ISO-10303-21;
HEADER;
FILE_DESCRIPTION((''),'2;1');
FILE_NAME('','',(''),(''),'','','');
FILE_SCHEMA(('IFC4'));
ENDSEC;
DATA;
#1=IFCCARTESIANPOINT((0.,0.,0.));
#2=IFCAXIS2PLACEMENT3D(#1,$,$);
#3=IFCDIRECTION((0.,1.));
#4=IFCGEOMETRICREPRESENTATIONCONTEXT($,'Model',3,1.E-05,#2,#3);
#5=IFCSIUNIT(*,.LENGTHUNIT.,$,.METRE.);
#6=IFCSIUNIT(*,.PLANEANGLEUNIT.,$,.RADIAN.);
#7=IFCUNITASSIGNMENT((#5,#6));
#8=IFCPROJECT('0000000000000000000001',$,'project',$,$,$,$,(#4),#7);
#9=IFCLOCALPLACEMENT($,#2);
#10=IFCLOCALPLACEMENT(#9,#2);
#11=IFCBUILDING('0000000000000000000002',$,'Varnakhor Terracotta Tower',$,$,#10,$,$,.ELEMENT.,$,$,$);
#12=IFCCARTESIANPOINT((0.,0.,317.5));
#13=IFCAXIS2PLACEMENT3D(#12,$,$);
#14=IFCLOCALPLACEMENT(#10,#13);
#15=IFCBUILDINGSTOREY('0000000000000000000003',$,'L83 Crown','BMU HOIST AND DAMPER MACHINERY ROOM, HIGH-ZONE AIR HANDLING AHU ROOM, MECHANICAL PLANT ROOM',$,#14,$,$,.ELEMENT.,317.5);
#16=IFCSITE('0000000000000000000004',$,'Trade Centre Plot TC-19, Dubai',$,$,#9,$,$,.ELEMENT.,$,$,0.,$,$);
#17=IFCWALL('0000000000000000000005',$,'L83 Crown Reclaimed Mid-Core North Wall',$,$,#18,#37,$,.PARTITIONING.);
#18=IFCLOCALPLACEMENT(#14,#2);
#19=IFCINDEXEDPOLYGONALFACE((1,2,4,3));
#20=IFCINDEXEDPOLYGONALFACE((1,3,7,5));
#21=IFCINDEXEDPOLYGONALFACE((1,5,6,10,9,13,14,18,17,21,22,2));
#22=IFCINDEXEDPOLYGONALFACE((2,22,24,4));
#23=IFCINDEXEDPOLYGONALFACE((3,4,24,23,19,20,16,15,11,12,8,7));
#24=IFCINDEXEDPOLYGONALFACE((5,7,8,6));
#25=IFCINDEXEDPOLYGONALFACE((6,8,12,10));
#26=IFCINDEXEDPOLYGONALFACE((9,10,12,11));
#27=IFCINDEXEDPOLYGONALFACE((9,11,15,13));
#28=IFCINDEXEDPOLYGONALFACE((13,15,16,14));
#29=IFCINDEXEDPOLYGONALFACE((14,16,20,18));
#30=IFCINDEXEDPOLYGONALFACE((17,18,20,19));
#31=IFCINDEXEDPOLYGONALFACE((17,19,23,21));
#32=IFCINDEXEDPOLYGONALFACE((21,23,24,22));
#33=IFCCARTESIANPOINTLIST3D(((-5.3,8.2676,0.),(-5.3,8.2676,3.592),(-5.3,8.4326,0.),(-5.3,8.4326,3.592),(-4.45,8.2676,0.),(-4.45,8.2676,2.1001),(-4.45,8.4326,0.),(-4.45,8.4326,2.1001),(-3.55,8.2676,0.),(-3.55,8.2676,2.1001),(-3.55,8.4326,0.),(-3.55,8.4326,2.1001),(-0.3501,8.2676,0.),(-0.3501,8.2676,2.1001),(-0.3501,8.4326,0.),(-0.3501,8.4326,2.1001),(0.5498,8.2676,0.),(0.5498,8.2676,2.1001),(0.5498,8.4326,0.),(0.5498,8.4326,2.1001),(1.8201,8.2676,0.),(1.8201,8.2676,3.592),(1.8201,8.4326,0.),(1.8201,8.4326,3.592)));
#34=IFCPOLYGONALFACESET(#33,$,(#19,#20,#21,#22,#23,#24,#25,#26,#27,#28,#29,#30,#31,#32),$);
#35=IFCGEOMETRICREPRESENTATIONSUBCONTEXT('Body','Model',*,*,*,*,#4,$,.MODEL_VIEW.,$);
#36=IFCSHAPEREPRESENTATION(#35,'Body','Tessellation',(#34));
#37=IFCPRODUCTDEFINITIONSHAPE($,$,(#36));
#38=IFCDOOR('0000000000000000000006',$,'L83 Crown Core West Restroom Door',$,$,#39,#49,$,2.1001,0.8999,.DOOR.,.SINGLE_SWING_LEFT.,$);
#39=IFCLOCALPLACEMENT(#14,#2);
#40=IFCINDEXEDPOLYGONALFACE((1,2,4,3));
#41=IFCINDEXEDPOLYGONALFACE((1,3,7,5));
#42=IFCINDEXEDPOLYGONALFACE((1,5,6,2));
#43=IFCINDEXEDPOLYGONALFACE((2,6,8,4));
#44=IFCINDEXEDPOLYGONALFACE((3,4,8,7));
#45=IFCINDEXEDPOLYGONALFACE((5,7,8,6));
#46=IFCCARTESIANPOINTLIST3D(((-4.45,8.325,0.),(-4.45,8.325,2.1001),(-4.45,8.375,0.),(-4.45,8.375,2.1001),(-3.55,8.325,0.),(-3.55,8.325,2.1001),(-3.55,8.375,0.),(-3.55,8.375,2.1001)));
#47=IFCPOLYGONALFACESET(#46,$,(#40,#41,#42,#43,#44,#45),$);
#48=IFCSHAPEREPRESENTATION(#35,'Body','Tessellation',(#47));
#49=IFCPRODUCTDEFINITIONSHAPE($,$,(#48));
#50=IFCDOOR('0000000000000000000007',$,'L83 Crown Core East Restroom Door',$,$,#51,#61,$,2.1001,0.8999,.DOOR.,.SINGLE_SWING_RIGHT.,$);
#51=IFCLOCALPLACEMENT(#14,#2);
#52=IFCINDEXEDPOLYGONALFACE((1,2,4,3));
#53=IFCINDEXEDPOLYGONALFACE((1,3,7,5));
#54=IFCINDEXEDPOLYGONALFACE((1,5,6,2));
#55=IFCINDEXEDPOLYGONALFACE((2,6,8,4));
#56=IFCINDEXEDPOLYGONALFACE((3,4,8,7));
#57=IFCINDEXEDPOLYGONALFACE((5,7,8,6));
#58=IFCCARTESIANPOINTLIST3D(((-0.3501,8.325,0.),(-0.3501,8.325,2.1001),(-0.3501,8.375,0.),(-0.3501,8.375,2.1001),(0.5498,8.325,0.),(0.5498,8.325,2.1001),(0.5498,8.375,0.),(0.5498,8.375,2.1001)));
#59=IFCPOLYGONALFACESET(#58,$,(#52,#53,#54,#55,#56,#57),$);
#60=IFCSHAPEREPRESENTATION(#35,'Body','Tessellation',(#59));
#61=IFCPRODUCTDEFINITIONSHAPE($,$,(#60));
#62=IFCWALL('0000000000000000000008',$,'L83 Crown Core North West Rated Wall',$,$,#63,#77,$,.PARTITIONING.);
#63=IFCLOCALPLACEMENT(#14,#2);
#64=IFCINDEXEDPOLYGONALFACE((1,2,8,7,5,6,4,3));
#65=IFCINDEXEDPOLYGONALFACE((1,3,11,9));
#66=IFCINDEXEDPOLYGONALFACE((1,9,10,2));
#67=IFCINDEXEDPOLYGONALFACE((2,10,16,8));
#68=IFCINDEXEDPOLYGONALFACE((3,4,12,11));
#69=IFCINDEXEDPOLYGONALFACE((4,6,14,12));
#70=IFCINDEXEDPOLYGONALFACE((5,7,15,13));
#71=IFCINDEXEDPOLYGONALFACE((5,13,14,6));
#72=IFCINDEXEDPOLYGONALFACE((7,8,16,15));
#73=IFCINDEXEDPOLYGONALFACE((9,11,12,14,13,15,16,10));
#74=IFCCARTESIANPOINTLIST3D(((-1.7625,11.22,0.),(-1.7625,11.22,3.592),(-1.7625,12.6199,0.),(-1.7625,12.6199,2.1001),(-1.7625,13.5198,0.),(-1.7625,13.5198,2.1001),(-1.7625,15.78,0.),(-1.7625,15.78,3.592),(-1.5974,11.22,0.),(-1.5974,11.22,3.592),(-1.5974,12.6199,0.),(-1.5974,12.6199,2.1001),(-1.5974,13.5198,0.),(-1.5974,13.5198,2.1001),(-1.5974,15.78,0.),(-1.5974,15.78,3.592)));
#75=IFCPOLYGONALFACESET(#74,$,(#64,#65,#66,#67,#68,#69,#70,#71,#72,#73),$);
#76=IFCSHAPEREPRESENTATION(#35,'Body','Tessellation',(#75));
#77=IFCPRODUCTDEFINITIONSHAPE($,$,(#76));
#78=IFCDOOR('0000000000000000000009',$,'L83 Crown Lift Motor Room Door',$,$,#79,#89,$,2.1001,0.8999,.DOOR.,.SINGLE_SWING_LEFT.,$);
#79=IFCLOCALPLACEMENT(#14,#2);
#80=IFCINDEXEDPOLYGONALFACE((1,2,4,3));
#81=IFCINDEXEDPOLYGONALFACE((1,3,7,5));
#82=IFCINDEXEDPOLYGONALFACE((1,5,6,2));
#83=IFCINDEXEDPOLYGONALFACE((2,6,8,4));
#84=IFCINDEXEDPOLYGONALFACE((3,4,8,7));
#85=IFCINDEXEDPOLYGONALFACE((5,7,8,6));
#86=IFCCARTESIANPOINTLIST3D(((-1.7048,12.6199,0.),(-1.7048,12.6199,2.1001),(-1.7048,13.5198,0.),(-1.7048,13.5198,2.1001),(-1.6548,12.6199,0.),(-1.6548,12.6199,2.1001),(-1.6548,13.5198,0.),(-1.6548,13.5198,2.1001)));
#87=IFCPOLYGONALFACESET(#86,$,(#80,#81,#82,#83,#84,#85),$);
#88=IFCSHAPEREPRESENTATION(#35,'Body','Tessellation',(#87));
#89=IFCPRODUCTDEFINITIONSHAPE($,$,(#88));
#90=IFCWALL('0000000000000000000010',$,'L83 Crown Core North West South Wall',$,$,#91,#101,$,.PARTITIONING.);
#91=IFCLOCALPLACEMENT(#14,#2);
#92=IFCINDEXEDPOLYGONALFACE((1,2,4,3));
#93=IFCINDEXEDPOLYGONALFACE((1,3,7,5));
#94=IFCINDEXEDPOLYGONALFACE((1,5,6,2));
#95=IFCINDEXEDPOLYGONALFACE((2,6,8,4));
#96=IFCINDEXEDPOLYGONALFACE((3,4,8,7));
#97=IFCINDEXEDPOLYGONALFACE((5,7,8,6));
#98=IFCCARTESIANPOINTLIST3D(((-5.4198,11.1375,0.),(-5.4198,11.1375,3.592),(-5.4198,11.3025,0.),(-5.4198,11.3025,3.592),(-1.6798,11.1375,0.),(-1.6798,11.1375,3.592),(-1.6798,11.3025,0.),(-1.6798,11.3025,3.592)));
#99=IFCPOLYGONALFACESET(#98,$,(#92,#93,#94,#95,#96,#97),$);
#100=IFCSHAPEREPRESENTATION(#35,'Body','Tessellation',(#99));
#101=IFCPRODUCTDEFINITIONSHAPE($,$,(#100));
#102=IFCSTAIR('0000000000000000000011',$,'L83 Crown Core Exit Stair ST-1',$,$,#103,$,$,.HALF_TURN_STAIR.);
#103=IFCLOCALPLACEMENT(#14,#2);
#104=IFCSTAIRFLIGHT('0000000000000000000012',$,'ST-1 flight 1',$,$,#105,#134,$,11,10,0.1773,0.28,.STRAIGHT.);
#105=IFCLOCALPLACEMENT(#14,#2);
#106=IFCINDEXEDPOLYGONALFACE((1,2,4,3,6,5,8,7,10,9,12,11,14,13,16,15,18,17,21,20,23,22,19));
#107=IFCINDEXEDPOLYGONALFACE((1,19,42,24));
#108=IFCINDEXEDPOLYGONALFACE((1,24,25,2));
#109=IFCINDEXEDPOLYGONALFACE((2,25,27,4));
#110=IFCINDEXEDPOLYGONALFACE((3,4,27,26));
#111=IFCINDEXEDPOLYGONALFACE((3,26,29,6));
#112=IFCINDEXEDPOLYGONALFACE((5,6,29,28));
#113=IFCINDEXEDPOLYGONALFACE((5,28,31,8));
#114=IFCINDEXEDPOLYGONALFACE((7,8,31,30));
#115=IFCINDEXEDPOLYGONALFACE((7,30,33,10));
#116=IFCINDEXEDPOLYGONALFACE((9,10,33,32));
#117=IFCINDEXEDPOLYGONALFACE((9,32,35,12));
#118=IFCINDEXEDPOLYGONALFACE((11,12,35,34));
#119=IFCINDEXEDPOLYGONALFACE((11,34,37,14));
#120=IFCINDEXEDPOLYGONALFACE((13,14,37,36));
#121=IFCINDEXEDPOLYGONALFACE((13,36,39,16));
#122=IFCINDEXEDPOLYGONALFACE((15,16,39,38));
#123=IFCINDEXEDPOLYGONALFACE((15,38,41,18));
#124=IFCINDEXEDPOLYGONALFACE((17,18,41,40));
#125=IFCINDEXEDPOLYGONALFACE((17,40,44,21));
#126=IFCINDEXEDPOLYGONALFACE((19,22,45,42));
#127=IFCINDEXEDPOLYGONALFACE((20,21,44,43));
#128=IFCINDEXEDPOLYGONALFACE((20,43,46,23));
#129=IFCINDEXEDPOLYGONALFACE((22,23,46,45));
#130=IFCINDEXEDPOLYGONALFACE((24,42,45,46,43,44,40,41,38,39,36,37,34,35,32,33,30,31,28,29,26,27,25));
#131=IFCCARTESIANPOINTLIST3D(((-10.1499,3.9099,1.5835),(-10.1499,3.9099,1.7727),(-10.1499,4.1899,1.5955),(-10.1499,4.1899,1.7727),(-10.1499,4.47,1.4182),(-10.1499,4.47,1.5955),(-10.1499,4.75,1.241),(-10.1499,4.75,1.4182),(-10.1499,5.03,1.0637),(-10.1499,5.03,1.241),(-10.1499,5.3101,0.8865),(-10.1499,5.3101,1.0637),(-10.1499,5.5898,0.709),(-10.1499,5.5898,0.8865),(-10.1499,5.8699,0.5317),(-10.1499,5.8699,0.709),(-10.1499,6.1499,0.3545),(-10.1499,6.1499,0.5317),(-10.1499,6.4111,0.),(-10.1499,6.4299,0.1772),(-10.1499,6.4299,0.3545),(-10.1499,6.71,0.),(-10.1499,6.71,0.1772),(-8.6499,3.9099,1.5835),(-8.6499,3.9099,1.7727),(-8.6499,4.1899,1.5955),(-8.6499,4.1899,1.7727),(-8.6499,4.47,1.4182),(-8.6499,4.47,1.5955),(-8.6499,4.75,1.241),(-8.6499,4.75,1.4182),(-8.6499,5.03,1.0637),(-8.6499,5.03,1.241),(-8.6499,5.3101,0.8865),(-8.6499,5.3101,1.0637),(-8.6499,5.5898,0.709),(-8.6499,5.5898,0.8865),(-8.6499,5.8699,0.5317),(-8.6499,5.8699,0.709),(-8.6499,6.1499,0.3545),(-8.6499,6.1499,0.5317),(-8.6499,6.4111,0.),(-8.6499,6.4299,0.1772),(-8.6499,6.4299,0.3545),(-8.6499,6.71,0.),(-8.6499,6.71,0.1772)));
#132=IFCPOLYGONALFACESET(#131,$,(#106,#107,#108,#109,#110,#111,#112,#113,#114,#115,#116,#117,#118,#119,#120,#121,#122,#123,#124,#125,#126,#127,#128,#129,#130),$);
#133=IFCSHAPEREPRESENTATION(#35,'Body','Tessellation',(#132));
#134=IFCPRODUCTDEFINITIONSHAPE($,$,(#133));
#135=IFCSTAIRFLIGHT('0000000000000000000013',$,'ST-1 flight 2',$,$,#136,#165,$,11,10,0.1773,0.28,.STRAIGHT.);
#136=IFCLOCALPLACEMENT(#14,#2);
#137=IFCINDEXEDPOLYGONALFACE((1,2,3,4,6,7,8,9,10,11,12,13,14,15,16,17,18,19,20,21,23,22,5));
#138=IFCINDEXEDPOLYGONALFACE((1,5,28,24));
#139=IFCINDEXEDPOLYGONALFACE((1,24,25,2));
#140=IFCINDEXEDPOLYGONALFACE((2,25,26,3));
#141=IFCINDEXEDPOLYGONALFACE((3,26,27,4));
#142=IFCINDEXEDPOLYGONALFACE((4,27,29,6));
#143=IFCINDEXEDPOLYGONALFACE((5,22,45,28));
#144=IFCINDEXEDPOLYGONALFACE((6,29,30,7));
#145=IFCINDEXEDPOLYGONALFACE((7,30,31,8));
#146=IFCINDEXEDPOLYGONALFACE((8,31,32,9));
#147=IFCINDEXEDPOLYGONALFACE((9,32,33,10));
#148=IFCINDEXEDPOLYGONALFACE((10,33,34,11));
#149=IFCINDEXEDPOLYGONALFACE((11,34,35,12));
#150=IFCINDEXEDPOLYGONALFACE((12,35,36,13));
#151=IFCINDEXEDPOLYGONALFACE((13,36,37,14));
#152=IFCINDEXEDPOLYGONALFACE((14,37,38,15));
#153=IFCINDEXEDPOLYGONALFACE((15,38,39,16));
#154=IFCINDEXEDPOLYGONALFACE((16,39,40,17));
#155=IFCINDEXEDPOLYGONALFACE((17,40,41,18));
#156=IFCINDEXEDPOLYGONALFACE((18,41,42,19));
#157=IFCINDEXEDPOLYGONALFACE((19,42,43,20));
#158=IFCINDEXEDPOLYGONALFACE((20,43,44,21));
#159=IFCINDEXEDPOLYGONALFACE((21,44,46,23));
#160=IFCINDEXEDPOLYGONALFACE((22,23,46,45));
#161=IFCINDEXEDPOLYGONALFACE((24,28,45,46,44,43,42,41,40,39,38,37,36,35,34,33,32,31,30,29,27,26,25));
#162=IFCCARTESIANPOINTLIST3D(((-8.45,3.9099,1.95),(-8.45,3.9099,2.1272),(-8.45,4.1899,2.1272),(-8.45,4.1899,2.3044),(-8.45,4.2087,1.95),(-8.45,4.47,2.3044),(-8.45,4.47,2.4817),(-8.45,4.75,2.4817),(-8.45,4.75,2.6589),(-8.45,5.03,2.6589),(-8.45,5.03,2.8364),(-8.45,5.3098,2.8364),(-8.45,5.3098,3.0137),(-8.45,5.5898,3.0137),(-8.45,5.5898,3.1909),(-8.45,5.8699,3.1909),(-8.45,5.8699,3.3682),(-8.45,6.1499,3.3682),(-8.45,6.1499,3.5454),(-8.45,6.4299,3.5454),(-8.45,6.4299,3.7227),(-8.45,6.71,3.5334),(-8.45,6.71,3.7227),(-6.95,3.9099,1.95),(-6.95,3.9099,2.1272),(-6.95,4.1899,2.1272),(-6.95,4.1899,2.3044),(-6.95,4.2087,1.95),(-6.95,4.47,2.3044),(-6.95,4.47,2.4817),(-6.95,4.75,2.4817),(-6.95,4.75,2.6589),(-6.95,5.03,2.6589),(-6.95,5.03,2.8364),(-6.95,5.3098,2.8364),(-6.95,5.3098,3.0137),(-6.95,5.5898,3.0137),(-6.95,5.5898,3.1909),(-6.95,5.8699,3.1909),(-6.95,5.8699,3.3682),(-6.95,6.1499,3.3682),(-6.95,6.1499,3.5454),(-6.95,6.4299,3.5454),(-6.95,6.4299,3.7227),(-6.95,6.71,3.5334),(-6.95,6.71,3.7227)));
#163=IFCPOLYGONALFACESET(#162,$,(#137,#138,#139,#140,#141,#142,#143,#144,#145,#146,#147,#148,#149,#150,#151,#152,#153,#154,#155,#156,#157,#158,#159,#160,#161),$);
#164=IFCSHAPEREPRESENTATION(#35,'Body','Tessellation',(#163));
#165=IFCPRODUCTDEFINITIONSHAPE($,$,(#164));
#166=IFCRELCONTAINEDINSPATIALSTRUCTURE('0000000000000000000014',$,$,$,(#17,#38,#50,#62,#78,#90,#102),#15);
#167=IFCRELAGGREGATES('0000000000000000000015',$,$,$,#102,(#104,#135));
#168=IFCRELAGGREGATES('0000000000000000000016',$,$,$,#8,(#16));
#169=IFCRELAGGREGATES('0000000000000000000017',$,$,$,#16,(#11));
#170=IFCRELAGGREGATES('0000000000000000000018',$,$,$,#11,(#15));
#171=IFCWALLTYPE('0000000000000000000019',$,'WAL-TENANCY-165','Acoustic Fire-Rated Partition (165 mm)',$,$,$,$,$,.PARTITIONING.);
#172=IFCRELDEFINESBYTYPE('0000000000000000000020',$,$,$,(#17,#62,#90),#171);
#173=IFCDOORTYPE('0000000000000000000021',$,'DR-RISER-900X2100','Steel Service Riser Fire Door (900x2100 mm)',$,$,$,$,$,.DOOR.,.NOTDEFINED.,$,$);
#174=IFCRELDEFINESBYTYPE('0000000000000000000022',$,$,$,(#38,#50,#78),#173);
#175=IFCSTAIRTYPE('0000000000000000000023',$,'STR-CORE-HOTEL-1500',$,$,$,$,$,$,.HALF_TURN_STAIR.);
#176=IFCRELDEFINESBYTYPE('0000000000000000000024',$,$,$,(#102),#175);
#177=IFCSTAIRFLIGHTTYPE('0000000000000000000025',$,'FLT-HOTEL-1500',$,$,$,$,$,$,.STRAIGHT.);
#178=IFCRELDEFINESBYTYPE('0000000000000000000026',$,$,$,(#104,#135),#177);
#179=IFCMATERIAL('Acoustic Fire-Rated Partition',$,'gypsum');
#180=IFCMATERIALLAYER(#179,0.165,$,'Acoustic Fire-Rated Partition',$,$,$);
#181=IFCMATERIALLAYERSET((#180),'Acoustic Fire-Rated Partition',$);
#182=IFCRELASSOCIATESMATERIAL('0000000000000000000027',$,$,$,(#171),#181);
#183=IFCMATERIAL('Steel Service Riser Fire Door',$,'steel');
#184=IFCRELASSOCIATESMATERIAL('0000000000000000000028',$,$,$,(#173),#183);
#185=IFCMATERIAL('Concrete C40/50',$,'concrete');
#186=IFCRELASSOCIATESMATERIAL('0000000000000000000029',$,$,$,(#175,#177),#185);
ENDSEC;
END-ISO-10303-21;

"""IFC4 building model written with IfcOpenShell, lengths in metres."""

from ifc_helpers import new_model, si_unit, direction, frame, frame_2d, origin, place, context, subcontext, project, spatial, polyline, rectangle, outline, extrude, source, transform, mapped, material, layer, layer_set, type_object, type_shapes, element, fill, aggregate, save


model = new_model("IFC4")

# Units and contexts
model_context = context("Model", 3, precision=1e-05, world=origin(), true_north=direction((0.0, 1.0)))
body_context = subcontext(model_context, "Body", "Model", "MODEL_VIEW")
ifc_project = project(units=[si_unit("LENGTHUNIT", "METRE"), si_unit("PLANEANGLEUNIT", "RADIAN")], contexts=[model_context])

# Site, building, storey
site_placement = place(None, origin())
site = spatial("IfcSite", under=ifc_project, at=site_placement, Name="Trade Centre Plot TC-19, Dubai", CompositionType="ELEMENT", RefElevation=0.0)
building_placement = place(site_placement, origin())
building = spatial("IfcBuilding", under=site, at=building_placement, Name="Varnakhor Terracotta Tower", CompositionType="ELEMENT")
storey_placement = place(building_placement, frame((0.0, 0.0, 317.5)))
storey = spatial("IfcBuildingStorey", under=building, at=storey_placement, Name="L83 Crown", Description="BMU HOIST AND DAMPER MACHINERY ROOM, HIGH-ZONE AIR HANDLING AHU ROOM, MECHANICAL PLANT ROOM", CompositionType="ELEMENT", Elevation=317.5)

# Shared definitions
ifc_material_1 = material(Name="Concrete C40/50", Category="concrete")

# Shared definitions
ifc_material_2 = material(Name="Acoustic Fire-Rated Partition", Category="gypsum")
ifc_layer_1 = layer(ifc_material_2, 0.165, Name="Acoustic Fire-Rated Partition")
ifc_layer_set_1 = layer_set([ifc_layer_1], Name="Acoustic Fire-Rated Partition")
wall_type_1 = type_object("IfcWallType", Name="WAL-TENANCY-165", Description="Acoustic Fire-Rated Partition (165 mm)", PredefinedType="PARTITIONING", material=ifc_layer_set_1)
ifc_material_3 = material(Name="Steel Service Riser Fire Door", Category="steel")
door_type_1 = type_object("IfcDoorType", Name="DR-RISER-900X2100", Description="Steel Service Riser Fire Door (900x2100 mm)", OperationType="NOTDEFINED", PredefinedType="DOOR", material=ifc_material_3)
shared_shape_1 = source(origin(), body_context, "Body", "SweptSolid", [
    extrude(rectangle(XDim=0.8999, YDim=2.1001, at=frame_2d((0.45, 1.05))), frame((0.0, 0.0249, 0.0), z_axis=(0.0, -1.0, 0.0), x_axis=(1.0, 0.0, 0.0)), (0.0, 0.0, 1.0), 0.05),
])
type_shapes(door_type_1, [shared_shape_1])

# Wall, openings, doors
wall_1_placement = place(storey_placement, frame((-5.3, 8.3501, 0.0), z_axis=(0.0, 0.0, 1.0), x_axis=(1.0, 0.0, 0.0)))
wall_1 = element("IfcWall", 1, at=wall_1_placement, inside=storey, type_object=wall_type_1, Name="L83 Crown Reclaimed Mid-Core North Wall", PredefinedType="PARTITIONING", context=body_context, shape_type="SweptSolid", body=[
    extrude(rectangle(XDim=7.1201, YDim=0.165, at=frame_2d((3.5601, 0.0))), origin(), (0.0, 0.0, 1.0), 3.592),
])
opening_1_placement = place(wall_1_placement, frame((0.8501, 0.0, 0.0)))
opening_1 = element("IfcOpeningElement", 2, at=opening_1_placement, cuts=wall_1, PredefinedType="OPENING", context=body_context, shape_type="SweptSolid", body=[
    extrude(rectangle(XDim=0.8999, YDim=2.1001, at=frame_2d((0.45, 1.05))), frame((0.0, 0.0925, 0.0), z_axis=(0.0, -1.0, 0.0), x_axis=(1.0, 0.0, 0.0)), (0.0, 0.0, 1.0), 0.1851),
])
opening_2_placement = place(wall_1_placement, frame((4.95, 0.0, 0.0)))
opening_2 = element("IfcOpeningElement", 3, at=opening_2_placement, cuts=wall_1, PredefinedType="OPENING", context=body_context, shape_type="SweptSolid", body=[
    extrude(rectangle(XDim=0.8999, YDim=2.1001, at=frame_2d((0.45, 1.05))), frame((0.0, 0.0925, 0.0), z_axis=(0.0, -1.0, 0.0), x_axis=(1.0, 0.0, 0.0)), (0.0, 0.0, 1.0), 0.1851),
])
door_1_placement = place(opening_1_placement, origin())
door_1 = element("IfcDoor", 4, at=door_1_placement, inside=storey, type_object=door_type_1, Name="L83 Crown Core West Restroom Door", OperationType="SINGLE_SWING_LEFT", OverallHeight=2.1001, OverallWidth=0.8999, PredefinedType="DOOR", context=body_context, shape_type="MappedRepresentation", body=[
    mapped(shared_shape_1, transform((0.0, 0.0, 0.0), scale=1.0)),
])
fill(opening_1, door_1)
door_2_placement = place(opening_2_placement, origin())
door_2 = element("IfcDoor", 5, at=door_2_placement, inside=storey, type_object=door_type_1, Name="L83 Crown Core East Restroom Door", OperationType="SINGLE_SWING_RIGHT", OverallHeight=2.1001, OverallWidth=0.8999, PredefinedType="DOOR", context=body_context, shape_type="MappedRepresentation", body=[
    mapped(shared_shape_1, transform((0.0, 0.0, 0.0), scale=1.0)),
])
fill(opening_2, door_2)

# Wall, opening, door
wall_2_placement = place(storey_placement, frame((-1.6799, 11.22, 0.0), z_axis=(0.0, 0.0, 1.0), x_axis=(0.0, 1.0, 0.0)))
wall_2 = element("IfcWall", 6, at=wall_2_placement, inside=storey, type_object=wall_type_1, Name="L83 Crown Core North West Rated Wall", PredefinedType="PARTITIONING", context=body_context, shape_type="SweptSolid", body=[
    extrude(rectangle(XDim=4.5601, YDim=0.165, at=frame_2d((2.28, 0.0))), origin(), (0.0, 0.0, 1.0), 3.592),
])
opening_3_placement = place(wall_2_placement, frame((1.3999, 0.0, 0.0)))
opening_3 = element("IfcOpeningElement", 7, at=opening_3_placement, cuts=wall_2, PredefinedType="OPENING", context=body_context, shape_type="SweptSolid", body=[
    extrude(rectangle(XDim=0.8999, YDim=2.1001, at=frame_2d((0.45, 1.05))), frame((0.0, 0.0925, 0.0), z_axis=(0.0, -1.0, 0.0), x_axis=(1.0, 0.0, 0.0)), (0.0, 0.0, 1.0), 0.1851),
])
door_3_placement = place(opening_3_placement, origin())
door_3 = element("IfcDoor", 8, at=door_3_placement, inside=storey, type_object=door_type_1, Name="L83 Crown Lift Motor Room Door", OperationType="SINGLE_SWING_LEFT", OverallHeight=2.1001, OverallWidth=0.8999, PredefinedType="DOOR", context=body_context, shape_type="MappedRepresentation", body=[
    mapped(shared_shape_1, transform((0.0, 0.0, 0.0), scale=1.0)),
])
fill(opening_3, door_3)

# Wall
wall_3_placement = place(storey_placement, frame((-5.4199, 11.22, 0.0), z_axis=(0.0, 0.0, 1.0), x_axis=(1.0, 0.0, 0.0)))
element("IfcWall", 9, at=wall_3_placement, inside=storey, type_object=wall_type_1, Name="L83 Crown Core North West South Wall", PredefinedType="PARTITIONING", context=body_context, shape_type="SweptSolid", body=[
    extrude(rectangle(XDim=3.74, YDim=0.165, at=frame_2d((1.8701, 0.0))), origin(), (0.0, 0.0, 1.0), 3.592),
])

# Stair, stair flights
stair_type = type_object("IfcStairType", Name="STR-CORE-HOTEL-1500", PredefinedType="HALF_TURN_STAIR", material=ifc_material_1)
stair_placement = place(storey_placement, origin())
stair = element("IfcStair", 10, at=stair_placement, inside=storey, type_object=stair_type, Name="L83 Crown Core Exit Stair ST-1", PredefinedType="HALF_TURN_STAIR")
stair_flight_type = type_object("IfcStairFlightType", Name="FLT-HOTEL-1500", PredefinedType="STRAIGHT", material=ifc_material_1)
stair_flight_1_placement = place(storey_placement, frame((-9.3999, 6.71, 0.0), z_axis=(0.0, 0.0, 1.0), x_axis=(0.0, -1.0, 0.0)))
stair_flight_1 = element("IfcStairFlight", 11, at=stair_flight_1_placement, type_object=stair_flight_type, Name="ST-1 flight 1", NumberOfRisers=11, NumberOfTreads=10, PredefinedType="STRAIGHT", RiserHeight=0.1773, TreadLength=0.28, context=body_context, shape_type="SweptSolid", body=[
    extrude(outline(polyline([(0.0, 0.0), (0.0, 0.1772), (0.28, 0.1772), (0.28, 0.3545), (0.5601, 0.3545), (0.5601, 0.5317), (0.8401, 0.5317), (0.8401, 0.709), (1.1201, 0.709), (1.1201, 0.8865), (1.3999, 0.8865), (1.3999, 1.0637), (1.6799, 1.0637), (1.6799, 1.241), (1.96, 1.241), (1.96, 1.4182), (2.24, 1.4182), (2.24, 1.5955), (2.52, 1.5955), (2.52, 1.7727), (2.8, 1.7727), (2.8, 1.95), (2.8, 1.5835), (0.2988, 0.0), (0.0, 0.0)])), frame((0.0, 0.75, 0.0), z_axis=(0.0, -1.0, 0.0), x_axis=(1.0, 0.0, 0.0)), (0.0, 0.0, 1.0), 1.5),
])
stair_flight_2_placement = place(storey_placement, frame((-7.7, 3.9099, 1.95), z_axis=(0.0, 0.0, 1.0), x_axis=(0.0, 1.0, 0.0)))
stair_flight_2 = element("IfcStairFlight", 12, at=stair_flight_2_placement, type_object=stair_flight_type, Name="ST-1 flight 2", NumberOfRisers=11, NumberOfTreads=10, PredefinedType="STRAIGHT", RiserHeight=0.1773, TreadLength=0.28, context=body_context, shape_type="SweptSolid", body=[
    extrude(outline(polyline([(0.0, 0.0), (0.0, 0.1772), (0.28, 0.1772), (0.28, 0.3545), (0.5601, 0.3545), (0.5601, 0.5317), (0.8401, 0.5317), (0.8401, 0.709), (1.1201, 0.709), (1.1201, 0.8865), (1.3999, 0.8865), (1.3999, 1.0637), (1.6799, 1.0637), (1.6799, 1.241), (1.96, 1.241), (1.96, 1.4182), (2.24, 1.4182), (2.24, 1.5955), (2.52, 1.5955), (2.52, 1.7727), (2.8, 1.7727), (2.8, 1.95), (2.8, 1.5835), (0.2988, 0.0), (0.0, 0.0)])), frame((0.0, 0.75, 0.0), z_axis=(0.0, -1.0, 0.0), x_axis=(1.0, 0.0, 0.0)), (0.0, 0.0, 1.0), 1.5),
])
aggregate(stair, [stair_flight_1, stair_flight_2])

save(model, "model.ifc")
